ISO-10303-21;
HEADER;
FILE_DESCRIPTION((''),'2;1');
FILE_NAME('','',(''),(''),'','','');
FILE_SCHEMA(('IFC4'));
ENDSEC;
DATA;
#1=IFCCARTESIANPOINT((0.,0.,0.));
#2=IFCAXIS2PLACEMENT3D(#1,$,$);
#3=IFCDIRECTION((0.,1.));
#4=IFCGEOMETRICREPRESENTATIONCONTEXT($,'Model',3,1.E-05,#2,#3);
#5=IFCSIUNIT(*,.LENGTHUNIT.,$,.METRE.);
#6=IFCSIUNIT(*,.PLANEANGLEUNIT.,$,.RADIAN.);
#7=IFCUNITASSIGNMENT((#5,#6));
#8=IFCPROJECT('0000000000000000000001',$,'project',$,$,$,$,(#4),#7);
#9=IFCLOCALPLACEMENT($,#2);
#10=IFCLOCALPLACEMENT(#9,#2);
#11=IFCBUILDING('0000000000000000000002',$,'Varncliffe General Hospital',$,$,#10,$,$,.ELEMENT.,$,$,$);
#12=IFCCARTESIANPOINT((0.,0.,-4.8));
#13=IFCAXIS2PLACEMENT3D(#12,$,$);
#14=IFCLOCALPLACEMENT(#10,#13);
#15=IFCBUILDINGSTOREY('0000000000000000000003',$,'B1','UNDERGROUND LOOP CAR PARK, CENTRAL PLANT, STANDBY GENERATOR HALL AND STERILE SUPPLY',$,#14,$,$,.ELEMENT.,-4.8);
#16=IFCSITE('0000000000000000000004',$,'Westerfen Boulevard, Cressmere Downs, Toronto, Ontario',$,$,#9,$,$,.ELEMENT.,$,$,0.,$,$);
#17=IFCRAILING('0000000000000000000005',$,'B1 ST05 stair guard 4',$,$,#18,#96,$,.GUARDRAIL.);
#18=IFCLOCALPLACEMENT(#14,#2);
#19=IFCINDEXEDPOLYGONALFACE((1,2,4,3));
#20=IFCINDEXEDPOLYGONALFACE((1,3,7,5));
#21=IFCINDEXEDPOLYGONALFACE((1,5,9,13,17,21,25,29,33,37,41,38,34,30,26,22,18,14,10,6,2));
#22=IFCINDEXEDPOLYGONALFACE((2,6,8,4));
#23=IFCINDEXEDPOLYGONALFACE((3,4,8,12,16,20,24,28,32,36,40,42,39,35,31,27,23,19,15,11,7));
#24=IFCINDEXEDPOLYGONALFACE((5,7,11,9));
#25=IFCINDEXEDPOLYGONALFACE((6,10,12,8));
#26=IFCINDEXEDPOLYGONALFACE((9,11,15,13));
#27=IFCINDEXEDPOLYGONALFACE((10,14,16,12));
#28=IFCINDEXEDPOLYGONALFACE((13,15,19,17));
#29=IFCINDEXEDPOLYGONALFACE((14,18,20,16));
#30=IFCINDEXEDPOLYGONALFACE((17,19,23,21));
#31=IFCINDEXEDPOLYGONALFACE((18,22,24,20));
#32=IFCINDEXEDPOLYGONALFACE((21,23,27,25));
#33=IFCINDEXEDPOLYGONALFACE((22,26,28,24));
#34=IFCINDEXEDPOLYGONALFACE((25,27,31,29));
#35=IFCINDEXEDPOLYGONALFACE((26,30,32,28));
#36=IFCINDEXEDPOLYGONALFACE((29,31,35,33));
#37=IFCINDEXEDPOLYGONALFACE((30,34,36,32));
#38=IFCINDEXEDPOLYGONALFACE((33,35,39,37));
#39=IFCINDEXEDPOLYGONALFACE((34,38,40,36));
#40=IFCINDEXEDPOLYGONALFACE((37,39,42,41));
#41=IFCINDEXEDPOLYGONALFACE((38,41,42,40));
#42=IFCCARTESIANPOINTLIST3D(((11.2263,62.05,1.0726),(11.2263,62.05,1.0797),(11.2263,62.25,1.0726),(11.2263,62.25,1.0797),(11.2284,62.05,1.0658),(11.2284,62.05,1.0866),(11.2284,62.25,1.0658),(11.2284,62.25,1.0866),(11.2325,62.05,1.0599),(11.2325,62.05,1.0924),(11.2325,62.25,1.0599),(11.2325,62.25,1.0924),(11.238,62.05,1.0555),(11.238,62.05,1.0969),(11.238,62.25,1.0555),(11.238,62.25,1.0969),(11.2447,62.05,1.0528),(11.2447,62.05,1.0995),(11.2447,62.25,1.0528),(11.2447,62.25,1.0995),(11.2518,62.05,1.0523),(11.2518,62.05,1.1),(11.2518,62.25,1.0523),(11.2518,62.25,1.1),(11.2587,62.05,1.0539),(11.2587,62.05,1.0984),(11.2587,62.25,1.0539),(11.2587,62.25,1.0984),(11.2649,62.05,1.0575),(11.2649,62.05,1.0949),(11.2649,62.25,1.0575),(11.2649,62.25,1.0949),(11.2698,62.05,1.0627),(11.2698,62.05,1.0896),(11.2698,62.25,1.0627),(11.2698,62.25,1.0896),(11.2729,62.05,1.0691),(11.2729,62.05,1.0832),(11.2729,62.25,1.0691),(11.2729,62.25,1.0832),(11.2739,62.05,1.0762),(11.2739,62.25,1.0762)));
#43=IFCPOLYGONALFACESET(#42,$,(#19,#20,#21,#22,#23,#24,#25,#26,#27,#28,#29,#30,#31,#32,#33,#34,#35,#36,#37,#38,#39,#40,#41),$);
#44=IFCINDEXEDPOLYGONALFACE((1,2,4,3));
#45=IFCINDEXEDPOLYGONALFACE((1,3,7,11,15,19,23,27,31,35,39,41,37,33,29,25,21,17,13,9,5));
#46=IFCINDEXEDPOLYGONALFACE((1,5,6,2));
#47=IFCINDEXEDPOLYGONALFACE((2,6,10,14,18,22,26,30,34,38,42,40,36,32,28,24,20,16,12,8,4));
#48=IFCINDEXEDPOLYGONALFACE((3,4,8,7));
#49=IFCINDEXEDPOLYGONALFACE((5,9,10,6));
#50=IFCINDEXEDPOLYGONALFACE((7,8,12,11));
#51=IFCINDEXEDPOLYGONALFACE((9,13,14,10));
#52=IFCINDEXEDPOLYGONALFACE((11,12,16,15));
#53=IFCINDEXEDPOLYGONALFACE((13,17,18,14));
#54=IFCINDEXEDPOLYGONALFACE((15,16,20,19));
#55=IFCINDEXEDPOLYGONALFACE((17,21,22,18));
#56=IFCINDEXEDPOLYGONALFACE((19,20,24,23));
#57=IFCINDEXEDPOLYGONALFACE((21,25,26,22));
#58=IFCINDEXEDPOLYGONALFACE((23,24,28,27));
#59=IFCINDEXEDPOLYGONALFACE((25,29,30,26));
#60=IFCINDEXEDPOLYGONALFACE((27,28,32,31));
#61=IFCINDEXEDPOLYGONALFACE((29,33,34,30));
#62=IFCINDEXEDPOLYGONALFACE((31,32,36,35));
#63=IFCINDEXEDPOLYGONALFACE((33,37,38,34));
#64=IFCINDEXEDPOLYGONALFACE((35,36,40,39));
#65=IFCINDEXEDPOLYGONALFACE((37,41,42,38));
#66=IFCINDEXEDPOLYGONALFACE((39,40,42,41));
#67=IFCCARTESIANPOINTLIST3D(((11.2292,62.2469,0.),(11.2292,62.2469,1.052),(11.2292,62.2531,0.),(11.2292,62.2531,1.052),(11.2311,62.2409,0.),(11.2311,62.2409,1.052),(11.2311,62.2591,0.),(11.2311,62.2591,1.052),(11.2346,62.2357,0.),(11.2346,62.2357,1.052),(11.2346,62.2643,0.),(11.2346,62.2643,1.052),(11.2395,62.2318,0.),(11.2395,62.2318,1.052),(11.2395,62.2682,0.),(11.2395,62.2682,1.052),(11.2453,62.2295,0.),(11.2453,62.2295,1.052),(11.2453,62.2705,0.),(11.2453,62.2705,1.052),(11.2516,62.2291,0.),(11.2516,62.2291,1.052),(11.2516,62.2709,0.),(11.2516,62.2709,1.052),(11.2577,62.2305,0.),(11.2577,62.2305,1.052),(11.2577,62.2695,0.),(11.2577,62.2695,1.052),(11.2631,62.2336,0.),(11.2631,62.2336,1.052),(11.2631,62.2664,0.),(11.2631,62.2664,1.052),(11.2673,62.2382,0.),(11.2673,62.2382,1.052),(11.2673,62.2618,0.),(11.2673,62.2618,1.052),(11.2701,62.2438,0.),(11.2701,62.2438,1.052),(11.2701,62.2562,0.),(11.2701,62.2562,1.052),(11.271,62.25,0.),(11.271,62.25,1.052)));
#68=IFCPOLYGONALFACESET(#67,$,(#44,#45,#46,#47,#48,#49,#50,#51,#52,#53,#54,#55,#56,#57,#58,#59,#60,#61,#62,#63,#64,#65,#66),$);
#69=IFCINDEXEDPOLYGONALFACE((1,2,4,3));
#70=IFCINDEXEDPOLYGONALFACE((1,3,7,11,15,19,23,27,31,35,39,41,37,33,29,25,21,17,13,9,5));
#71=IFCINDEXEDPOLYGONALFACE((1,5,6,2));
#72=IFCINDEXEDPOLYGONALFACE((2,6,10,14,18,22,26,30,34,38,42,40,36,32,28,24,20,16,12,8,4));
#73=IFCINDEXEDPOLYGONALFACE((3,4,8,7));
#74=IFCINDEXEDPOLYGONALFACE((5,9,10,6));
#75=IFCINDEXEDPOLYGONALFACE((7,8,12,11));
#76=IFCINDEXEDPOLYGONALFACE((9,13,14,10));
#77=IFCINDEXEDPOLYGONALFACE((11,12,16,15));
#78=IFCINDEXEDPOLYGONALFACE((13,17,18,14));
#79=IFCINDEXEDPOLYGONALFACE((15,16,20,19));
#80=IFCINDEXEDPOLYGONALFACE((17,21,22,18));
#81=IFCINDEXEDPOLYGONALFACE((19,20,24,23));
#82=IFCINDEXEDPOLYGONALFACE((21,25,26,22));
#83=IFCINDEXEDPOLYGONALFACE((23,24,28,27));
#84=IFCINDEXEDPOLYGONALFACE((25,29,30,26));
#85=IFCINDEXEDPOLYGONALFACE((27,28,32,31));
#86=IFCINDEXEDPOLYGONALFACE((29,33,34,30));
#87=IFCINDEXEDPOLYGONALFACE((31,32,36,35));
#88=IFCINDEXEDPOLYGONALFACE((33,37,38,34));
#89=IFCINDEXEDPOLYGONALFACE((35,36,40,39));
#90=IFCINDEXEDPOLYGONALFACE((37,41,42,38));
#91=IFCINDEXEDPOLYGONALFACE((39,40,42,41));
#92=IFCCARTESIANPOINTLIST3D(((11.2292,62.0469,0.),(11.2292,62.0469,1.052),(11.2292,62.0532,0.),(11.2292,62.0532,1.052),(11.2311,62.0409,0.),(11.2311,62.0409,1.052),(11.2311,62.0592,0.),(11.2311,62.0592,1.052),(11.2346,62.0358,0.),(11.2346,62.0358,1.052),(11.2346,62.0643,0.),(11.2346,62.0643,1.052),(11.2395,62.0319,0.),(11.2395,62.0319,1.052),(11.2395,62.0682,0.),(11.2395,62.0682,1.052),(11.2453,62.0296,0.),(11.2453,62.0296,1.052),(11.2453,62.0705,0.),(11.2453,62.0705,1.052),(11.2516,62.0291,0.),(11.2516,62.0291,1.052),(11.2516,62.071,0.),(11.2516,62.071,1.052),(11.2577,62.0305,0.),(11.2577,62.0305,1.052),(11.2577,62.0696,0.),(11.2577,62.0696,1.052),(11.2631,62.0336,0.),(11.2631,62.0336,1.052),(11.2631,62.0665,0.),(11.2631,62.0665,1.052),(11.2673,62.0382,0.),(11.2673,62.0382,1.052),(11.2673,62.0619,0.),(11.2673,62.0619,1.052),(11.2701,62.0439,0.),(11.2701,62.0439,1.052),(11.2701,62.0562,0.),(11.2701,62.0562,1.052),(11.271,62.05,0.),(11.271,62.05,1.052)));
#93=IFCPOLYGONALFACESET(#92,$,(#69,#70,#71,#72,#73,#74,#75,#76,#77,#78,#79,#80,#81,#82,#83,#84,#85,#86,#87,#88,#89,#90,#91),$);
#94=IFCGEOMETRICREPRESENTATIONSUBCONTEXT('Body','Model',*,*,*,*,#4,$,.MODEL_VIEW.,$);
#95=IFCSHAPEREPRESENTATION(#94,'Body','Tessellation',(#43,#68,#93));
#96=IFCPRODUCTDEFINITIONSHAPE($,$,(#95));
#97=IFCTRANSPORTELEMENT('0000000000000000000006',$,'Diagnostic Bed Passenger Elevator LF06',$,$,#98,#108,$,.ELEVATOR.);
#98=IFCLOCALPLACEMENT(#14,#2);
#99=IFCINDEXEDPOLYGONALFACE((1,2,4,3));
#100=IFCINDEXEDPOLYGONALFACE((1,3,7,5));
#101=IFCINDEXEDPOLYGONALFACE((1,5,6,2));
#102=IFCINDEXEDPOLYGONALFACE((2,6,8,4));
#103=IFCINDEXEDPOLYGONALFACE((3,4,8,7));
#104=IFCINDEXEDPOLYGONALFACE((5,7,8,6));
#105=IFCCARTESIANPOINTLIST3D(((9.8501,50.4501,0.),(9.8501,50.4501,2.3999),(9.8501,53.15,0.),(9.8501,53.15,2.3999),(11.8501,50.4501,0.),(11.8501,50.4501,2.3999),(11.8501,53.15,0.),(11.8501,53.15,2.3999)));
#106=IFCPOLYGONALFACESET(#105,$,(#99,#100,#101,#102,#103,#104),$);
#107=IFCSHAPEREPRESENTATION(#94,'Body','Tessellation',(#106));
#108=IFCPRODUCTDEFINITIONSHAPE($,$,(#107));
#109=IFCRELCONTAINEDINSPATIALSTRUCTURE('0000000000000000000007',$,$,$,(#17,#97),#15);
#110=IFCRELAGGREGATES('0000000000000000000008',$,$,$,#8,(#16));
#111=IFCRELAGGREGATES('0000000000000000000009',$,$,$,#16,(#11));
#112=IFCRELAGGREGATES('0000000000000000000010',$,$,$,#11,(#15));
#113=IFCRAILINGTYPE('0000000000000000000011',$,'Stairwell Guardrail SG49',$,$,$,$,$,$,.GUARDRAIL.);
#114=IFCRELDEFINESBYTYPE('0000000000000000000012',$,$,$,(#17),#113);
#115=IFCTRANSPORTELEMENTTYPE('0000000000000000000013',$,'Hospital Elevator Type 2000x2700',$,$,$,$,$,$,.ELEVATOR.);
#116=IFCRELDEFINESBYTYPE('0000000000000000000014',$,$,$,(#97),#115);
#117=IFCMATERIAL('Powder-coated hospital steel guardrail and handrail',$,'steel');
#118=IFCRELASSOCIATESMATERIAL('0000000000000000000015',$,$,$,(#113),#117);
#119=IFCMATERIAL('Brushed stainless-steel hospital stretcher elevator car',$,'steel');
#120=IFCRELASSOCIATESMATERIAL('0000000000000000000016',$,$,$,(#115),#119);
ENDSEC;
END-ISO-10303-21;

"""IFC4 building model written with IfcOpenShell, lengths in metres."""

from ifc_helpers import new_model, si_unit, direction, frame, origin, origin_2d, place, context, subcontext, project, spatial, rectangle, circle, extrude, material, type_object, element, save


model = new_model("IFC4")

# Units and contexts
model_context = context("Model", 3, precision=1e-05, world=origin(), true_north=direction((0.0, 1.0)))
body_context = subcontext(model_context, "Body", "Model", "MODEL_VIEW")
ifc_project = project(units=[si_unit("LENGTHUNIT", "METRE"), si_unit("PLANEANGLEUNIT", "RADIAN")], contexts=[model_context])

# Site, building, storey
site_placement = place(None, origin())
site = spatial("IfcSite", under=ifc_project, at=site_placement, Name="Westerfen Boulevard, Cressmere Downs, Toronto, Ontario", CompositionType="ELEMENT", RefElevation=0.0)
building_placement = place(site_placement, origin())
building = spatial("IfcBuilding", under=site, at=building_placement, Name="Varncliffe General Hospital", CompositionType="ELEMENT")
storey_placement = place(building_placement, frame((0.0, 0.0, -4.8)))
storey = spatial("IfcBuildingStorey", under=building, at=storey_placement, Name="B1", Description="UNDERGROUND LOOP CAR PARK, CENTRAL PLANT, STANDBY GENERATOR HALL AND STERILE SUPPLY", CompositionType="ELEMENT", Elevation=-4.8)

# Railing
ifc_material_1 = material(Name="Powder-coated hospital steel guardrail and handrail", Category="steel")
railing_type_1 = type_object("IfcRailingType", Name="Stairwell Guardrail SG49", PredefinedType="GUARDRAIL", material=ifc_material_1)
railing_1_placement = place(storey_placement, frame((11.25, 62.25, 0.0)))
element("IfcRailing", 1, at=railing_1_placement, inside=storey, type_object=railing_type_1, Name="B1 ST05 stair guard 4", PredefinedType="GUARDRAIL", context=body_context, shape_type="SweptSolid", body=[
    extrude(circle(Radius=0.0239, at=origin_2d()), frame((0.0, 0.0, 1.0762), z_axis=(0.0, -1.0, 0.0), x_axis=(1.0, 0.0, 0.0)), (0.0, 0.0, 1.0), 0.2),
    extrude(circle(Radius=0.021, at=origin_2d()), origin(), (0.0, 0.0, 1.0), 1.052),
    extrude(circle(Radius=0.021, at=origin_2d()), frame((0.0, -0.2, 0.0)), (0.0, 0.0, 1.0), 1.052),
])

# Transport element
ifc_material_2 = material(Name="Brushed stainless-steel hospital stretcher elevator car", Category="steel")
transport_element_type = type_object("IfcTransportElementType", Name="Hospital Elevator Type 2000x2700", PredefinedType="ELEVATOR", material=ifc_material_2)
transport_element_placement = place(storey_placement, frame((10.8501, 51.8, 0.0), z_axis=(0.0, 0.0, 1.0), x_axis=(1.0, 0.0, 0.0)))
element("IfcTransportElement", 2, at=transport_element_placement, inside=storey, type_object=transport_element_type, Name="Diagnostic Bed Passenger Elevator LF06", PredefinedType="ELEVATOR", context=body_context, shape_type="SweptSolid", body=[
    extrude(rectangle(XDim=2.0, YDim=2.7, at=origin_2d()), origin(), (0.0, 0.0, 1.0), 2.3999),
])

save(model, "model.ifc")
